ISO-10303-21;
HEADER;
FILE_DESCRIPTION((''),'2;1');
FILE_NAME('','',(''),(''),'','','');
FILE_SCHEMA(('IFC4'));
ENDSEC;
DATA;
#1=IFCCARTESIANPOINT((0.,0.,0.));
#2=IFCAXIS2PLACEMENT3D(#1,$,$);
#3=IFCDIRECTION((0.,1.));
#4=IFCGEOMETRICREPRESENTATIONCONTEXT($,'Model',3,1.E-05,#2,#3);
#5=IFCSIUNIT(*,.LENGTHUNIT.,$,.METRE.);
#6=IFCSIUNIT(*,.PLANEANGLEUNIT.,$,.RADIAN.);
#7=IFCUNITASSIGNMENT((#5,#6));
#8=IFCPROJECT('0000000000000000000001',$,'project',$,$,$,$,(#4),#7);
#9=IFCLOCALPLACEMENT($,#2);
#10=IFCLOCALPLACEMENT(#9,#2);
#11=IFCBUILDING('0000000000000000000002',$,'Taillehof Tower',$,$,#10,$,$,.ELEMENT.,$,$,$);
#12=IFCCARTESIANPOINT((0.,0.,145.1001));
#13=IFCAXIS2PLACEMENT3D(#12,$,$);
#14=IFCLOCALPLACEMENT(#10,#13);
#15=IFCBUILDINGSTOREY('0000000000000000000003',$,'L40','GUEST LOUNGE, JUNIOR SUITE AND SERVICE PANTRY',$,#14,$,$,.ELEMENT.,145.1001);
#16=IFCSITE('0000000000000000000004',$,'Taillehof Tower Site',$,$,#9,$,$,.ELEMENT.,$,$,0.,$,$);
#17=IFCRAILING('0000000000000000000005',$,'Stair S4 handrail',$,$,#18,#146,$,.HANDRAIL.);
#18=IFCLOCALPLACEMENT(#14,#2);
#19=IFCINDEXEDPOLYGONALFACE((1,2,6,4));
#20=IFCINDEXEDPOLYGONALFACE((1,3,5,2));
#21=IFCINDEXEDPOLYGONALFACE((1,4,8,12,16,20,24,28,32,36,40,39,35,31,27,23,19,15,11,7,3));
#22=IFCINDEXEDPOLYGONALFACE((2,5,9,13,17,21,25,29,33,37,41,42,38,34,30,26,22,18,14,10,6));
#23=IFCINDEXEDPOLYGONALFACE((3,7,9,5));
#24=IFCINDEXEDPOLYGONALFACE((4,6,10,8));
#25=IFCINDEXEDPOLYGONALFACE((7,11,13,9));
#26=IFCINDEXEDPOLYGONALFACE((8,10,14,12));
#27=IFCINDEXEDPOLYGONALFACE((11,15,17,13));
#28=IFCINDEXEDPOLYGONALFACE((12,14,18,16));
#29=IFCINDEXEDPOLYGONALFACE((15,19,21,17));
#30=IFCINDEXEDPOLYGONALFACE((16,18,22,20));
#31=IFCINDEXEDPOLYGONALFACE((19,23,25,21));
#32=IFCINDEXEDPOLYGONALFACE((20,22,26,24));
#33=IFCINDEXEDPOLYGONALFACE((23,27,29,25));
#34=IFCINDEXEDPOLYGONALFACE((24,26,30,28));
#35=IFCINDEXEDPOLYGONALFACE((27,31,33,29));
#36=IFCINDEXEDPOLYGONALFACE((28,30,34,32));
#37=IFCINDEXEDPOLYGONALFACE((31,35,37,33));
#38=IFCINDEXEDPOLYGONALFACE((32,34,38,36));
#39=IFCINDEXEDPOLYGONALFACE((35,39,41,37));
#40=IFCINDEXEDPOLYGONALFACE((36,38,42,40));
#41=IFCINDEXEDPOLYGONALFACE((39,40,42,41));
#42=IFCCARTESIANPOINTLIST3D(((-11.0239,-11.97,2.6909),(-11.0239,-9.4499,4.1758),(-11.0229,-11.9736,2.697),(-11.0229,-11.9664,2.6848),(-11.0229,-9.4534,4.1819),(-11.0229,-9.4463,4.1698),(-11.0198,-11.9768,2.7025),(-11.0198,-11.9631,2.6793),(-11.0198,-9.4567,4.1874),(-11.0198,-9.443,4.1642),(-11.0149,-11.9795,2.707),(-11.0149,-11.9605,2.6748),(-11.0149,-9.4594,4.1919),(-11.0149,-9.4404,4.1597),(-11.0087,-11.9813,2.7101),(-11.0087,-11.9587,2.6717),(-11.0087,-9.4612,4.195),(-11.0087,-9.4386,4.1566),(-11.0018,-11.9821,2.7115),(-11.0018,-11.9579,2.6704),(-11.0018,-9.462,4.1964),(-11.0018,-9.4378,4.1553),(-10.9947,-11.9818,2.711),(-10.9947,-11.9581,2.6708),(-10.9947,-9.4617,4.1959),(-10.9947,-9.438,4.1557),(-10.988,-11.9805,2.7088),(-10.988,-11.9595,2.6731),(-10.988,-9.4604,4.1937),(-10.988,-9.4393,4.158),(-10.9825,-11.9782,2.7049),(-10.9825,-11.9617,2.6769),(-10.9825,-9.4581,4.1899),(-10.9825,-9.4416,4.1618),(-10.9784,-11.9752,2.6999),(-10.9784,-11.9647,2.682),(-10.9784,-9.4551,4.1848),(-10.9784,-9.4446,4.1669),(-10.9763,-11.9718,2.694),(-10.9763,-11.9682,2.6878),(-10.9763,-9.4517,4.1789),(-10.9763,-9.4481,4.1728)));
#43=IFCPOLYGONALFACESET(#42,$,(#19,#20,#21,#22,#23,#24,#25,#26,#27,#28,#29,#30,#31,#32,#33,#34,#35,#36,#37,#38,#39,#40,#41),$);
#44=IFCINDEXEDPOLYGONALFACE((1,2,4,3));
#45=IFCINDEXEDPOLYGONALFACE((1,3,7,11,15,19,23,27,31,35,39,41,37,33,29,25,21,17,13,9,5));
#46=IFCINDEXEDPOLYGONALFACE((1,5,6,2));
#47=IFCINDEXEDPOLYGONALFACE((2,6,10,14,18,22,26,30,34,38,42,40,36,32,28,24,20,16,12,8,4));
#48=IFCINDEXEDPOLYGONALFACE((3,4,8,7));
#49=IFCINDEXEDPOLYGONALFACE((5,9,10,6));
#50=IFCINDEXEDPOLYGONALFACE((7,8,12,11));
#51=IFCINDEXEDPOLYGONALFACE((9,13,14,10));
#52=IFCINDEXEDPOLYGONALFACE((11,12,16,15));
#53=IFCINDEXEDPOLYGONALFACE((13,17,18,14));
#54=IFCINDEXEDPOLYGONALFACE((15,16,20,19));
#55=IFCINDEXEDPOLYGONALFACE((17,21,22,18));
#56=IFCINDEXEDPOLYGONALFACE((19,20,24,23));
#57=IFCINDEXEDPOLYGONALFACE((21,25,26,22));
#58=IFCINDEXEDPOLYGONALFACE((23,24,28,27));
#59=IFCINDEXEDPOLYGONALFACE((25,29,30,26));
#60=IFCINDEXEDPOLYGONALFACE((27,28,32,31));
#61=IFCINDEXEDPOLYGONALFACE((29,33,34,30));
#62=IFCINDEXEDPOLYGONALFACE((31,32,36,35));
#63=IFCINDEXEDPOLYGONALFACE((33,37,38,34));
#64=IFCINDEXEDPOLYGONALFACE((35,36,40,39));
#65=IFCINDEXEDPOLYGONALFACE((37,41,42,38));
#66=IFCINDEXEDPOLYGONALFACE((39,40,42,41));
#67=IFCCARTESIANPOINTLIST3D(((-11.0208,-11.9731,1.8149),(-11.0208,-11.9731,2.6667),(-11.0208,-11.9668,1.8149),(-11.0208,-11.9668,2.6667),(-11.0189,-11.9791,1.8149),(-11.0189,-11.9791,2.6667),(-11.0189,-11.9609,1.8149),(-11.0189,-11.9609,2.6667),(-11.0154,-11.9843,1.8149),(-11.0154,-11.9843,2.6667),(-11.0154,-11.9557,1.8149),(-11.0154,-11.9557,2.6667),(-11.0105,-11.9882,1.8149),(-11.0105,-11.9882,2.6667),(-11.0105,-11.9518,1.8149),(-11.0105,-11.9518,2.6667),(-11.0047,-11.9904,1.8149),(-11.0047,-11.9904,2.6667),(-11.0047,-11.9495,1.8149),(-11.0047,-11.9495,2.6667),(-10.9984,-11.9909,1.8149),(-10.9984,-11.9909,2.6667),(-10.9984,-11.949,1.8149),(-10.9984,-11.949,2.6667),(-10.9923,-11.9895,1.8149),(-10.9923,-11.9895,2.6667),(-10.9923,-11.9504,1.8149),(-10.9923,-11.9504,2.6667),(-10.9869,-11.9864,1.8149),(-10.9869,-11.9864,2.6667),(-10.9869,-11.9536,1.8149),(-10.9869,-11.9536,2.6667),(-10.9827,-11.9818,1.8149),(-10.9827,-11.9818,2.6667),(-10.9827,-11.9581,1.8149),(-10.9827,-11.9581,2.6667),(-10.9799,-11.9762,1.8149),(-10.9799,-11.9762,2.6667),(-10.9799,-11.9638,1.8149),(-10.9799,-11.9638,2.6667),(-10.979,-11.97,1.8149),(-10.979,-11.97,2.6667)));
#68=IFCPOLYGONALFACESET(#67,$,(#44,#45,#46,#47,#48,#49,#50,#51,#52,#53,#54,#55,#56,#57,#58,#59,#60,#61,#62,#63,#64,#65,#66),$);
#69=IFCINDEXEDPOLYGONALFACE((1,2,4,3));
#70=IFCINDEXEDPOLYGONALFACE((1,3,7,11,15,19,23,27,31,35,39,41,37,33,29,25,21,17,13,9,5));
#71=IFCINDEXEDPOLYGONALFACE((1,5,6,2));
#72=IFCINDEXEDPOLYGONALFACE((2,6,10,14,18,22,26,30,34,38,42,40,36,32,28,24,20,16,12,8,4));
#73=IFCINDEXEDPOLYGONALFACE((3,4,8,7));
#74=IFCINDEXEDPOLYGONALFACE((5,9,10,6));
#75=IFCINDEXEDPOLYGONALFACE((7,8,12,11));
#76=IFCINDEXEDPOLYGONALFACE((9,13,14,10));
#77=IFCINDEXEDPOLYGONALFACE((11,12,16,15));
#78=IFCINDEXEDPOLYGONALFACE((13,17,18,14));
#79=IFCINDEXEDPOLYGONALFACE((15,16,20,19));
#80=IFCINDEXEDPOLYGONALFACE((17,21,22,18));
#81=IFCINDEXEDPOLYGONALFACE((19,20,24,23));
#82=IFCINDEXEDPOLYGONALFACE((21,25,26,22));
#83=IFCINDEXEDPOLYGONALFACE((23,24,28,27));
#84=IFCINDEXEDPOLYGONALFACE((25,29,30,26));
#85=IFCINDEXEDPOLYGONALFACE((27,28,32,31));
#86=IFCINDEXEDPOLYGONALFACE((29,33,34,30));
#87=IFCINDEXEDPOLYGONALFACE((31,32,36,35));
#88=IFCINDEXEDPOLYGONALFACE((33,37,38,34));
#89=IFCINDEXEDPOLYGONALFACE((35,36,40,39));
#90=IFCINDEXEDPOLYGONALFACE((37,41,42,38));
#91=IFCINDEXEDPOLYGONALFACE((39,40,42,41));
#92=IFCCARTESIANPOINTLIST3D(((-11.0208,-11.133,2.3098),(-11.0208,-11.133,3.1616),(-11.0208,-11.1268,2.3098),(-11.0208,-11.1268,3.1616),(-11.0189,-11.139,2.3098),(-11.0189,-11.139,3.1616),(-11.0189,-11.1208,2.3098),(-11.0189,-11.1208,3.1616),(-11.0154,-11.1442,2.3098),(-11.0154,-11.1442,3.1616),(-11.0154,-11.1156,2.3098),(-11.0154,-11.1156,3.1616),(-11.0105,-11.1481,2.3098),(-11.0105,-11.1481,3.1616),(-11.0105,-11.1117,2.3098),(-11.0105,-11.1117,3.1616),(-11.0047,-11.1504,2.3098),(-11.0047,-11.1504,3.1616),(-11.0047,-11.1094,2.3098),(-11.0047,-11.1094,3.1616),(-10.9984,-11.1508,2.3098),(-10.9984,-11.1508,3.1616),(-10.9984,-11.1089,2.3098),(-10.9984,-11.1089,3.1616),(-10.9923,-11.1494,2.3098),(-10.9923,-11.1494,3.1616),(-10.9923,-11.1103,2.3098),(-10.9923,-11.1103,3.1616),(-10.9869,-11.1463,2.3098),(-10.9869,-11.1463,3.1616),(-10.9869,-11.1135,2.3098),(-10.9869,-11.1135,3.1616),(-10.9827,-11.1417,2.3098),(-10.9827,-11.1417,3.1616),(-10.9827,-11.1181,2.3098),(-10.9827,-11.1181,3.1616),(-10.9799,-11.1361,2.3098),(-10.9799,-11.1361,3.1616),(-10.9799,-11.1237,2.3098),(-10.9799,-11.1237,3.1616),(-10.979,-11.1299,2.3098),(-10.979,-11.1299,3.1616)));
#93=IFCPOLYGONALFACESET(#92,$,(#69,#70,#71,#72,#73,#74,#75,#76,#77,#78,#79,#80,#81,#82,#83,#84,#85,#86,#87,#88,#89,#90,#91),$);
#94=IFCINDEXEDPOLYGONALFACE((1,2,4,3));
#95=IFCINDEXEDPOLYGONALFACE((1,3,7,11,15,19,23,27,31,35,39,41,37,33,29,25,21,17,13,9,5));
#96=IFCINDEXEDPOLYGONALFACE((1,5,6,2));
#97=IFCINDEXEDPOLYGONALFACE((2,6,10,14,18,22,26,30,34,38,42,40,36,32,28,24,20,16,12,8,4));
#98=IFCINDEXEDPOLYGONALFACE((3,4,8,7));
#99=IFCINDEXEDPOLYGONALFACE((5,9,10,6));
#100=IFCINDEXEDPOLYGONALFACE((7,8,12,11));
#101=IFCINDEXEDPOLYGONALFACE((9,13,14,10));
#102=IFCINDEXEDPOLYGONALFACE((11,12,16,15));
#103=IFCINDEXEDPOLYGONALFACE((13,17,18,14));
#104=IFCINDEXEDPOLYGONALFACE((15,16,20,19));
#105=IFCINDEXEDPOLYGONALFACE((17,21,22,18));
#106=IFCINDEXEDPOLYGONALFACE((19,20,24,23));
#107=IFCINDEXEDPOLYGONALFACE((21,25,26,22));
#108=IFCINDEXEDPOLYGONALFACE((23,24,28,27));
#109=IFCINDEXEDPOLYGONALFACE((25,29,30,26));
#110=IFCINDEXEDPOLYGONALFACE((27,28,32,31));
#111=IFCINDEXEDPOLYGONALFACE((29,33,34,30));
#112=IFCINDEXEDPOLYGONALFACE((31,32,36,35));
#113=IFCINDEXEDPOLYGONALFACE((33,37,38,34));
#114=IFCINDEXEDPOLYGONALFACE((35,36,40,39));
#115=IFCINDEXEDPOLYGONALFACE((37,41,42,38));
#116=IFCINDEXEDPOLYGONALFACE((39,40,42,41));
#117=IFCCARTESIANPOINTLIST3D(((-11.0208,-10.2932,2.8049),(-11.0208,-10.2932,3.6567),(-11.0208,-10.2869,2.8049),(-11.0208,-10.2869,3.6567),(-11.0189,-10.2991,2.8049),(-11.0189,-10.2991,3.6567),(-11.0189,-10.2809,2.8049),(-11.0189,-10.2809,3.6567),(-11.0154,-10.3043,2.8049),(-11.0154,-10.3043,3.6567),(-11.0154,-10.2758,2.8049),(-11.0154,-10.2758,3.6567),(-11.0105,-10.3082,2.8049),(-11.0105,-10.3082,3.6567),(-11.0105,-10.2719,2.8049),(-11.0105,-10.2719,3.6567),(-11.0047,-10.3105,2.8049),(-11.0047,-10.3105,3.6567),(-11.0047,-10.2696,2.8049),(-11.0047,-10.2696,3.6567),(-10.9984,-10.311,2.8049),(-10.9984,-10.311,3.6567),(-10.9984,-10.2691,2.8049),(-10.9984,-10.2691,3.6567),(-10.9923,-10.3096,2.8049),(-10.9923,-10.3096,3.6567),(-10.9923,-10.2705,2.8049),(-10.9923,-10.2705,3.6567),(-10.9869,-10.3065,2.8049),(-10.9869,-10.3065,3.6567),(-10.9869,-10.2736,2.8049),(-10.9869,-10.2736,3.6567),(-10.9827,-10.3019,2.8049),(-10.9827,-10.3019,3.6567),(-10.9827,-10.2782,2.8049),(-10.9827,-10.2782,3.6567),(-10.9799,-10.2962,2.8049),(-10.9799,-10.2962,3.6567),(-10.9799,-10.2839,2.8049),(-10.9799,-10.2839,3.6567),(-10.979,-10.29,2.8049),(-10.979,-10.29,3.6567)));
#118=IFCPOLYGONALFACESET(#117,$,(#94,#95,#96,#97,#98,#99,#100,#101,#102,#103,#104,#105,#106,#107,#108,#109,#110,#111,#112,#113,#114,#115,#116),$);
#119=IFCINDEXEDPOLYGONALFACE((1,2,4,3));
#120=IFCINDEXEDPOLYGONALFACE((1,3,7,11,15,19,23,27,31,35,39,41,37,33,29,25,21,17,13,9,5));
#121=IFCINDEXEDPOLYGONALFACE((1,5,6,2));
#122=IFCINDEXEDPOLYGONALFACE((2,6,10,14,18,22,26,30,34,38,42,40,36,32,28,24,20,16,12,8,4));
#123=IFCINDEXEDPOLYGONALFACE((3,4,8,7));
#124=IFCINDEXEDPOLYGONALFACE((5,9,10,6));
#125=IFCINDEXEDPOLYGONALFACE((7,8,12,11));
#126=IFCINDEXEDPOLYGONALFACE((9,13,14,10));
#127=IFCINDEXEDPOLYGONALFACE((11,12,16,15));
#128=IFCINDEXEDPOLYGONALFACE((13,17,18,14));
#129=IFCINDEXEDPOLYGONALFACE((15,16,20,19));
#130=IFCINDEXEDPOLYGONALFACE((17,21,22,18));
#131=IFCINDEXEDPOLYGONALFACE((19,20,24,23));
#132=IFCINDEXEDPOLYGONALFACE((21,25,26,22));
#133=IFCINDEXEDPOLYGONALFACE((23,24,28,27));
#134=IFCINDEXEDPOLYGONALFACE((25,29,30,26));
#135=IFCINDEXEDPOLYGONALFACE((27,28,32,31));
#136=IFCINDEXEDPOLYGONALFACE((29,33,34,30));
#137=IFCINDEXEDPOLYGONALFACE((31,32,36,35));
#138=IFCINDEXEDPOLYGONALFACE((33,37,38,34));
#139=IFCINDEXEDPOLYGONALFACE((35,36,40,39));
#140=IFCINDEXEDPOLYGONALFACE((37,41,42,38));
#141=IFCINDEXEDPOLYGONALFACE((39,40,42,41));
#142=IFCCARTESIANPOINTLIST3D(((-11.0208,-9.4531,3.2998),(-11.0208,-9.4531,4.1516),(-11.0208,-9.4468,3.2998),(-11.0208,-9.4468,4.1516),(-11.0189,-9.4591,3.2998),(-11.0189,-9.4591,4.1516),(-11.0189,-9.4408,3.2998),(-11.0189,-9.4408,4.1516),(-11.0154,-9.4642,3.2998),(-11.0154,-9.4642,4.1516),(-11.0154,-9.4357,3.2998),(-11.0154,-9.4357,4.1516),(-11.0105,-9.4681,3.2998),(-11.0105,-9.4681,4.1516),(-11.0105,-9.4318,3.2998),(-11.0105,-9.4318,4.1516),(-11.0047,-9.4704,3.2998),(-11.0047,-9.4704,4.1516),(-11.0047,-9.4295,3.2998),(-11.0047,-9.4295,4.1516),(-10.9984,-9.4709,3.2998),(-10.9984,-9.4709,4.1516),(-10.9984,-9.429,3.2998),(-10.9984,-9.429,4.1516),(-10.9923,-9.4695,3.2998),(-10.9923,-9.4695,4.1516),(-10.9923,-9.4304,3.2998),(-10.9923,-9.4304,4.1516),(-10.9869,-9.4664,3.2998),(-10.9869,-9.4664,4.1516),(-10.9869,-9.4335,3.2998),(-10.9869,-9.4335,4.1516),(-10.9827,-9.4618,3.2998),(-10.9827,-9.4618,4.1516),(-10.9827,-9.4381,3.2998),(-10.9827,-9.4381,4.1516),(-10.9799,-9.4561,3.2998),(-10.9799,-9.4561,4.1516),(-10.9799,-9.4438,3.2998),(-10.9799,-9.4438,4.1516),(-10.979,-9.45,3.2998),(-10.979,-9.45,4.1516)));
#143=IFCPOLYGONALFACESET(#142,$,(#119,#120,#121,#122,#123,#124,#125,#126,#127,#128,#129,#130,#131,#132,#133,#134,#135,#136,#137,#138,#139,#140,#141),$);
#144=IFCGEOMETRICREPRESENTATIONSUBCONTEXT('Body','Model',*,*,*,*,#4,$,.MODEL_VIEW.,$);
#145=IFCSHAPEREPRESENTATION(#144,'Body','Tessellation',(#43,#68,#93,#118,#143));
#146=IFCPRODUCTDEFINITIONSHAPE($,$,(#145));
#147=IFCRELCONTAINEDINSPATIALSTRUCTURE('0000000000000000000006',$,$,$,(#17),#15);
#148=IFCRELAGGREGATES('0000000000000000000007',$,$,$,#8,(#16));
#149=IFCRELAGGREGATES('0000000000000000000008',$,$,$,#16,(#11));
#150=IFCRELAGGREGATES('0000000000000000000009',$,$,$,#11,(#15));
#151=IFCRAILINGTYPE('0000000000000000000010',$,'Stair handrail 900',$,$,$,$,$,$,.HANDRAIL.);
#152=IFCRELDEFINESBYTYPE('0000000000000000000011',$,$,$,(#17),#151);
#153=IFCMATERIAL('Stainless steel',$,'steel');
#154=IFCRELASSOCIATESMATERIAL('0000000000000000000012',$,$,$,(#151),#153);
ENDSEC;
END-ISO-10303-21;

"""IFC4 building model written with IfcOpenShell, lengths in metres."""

from ifc_helpers import new_model, si_unit, direction, frame, origin, origin_2d, place, context, subcontext, project, spatial, circle, extrude, material, type_object, element, save


model = new_model("IFC4")

# Units and contexts
model_context = context("Model", 3, precision=1e-05, world=origin(), true_north=direction((0.0, 1.0)))
body_context = subcontext(model_context, "Body", "Model", "MODEL_VIEW")
ifc_project = project(units=[si_unit("LENGTHUNIT", "METRE"), si_unit("PLANEANGLEUNIT", "RADIAN")], contexts=[model_context])

# Site, building, storey
site_placement = place(None, origin())
site = spatial("IfcSite", under=ifc_project, at=site_placement, Name="Taillehof Tower Site", CompositionType="ELEMENT", RefElevation=0.0)
building_placement = place(site_placement, origin())
building = spatial("IfcBuilding", under=site, at=building_placement, Name="Taillehof Tower", CompositionType="ELEMENT")
storey_placement = place(building_placement, frame((0.0, 0.0, 145.1001)))
storey = spatial("IfcBuildingStorey", under=building, at=storey_placement, Name="L40", Description="GUEST LOUNGE, JUNIOR SUITE AND SERVICE PANTRY", CompositionType="ELEMENT", Elevation=145.1001)

# Railing
ifc_material_1 = material(Name="Stainless steel", Category="steel")
railing_type = type_object("IfcRailingType", Name="Stair handrail 900", PredefinedType="HANDRAIL", material=ifc_material_1)
railing_placement = place(storey_placement, frame((-11.0, -11.97, 1.8149)))
element("IfcRailing", 1, at=railing_placement, inside=storey, type_object=railing_type, Name="Stair S4 handrail", PredefinedType="HANDRAIL", context=body_context, shape_type="SweptSolid", body=[
    extrude(circle(Radius=0.0239, at=origin_2d()), frame((0.0, 0.0, 0.876), z_axis=(0.0, 0.861561, 0.507655), x_axis=(-1.0, 0.0, 0.0)), (0.0, 0.0, 1.0), 2.925),
    extrude(circle(Radius=0.021, at=origin_2d()), origin(), (0.0, 0.0, 1.0), 0.8518),
    extrude(circle(Radius=0.021, at=origin_2d()), frame((0.0, 0.8401, 0.4949)), (0.0, 0.0, 1.0), 0.8518),
    extrude(circle(Radius=0.021, at=origin_2d()), frame((0.0, 1.6799, 0.99)), (0.0, 0.0, 1.0), 0.8518),
    extrude(circle(Radius=0.021, at=origin_2d()), frame((0.0, 2.52, 1.4849)), (0.0, 0.0, 1.0), 0.8518),
])

save(model, "model.ifc")
